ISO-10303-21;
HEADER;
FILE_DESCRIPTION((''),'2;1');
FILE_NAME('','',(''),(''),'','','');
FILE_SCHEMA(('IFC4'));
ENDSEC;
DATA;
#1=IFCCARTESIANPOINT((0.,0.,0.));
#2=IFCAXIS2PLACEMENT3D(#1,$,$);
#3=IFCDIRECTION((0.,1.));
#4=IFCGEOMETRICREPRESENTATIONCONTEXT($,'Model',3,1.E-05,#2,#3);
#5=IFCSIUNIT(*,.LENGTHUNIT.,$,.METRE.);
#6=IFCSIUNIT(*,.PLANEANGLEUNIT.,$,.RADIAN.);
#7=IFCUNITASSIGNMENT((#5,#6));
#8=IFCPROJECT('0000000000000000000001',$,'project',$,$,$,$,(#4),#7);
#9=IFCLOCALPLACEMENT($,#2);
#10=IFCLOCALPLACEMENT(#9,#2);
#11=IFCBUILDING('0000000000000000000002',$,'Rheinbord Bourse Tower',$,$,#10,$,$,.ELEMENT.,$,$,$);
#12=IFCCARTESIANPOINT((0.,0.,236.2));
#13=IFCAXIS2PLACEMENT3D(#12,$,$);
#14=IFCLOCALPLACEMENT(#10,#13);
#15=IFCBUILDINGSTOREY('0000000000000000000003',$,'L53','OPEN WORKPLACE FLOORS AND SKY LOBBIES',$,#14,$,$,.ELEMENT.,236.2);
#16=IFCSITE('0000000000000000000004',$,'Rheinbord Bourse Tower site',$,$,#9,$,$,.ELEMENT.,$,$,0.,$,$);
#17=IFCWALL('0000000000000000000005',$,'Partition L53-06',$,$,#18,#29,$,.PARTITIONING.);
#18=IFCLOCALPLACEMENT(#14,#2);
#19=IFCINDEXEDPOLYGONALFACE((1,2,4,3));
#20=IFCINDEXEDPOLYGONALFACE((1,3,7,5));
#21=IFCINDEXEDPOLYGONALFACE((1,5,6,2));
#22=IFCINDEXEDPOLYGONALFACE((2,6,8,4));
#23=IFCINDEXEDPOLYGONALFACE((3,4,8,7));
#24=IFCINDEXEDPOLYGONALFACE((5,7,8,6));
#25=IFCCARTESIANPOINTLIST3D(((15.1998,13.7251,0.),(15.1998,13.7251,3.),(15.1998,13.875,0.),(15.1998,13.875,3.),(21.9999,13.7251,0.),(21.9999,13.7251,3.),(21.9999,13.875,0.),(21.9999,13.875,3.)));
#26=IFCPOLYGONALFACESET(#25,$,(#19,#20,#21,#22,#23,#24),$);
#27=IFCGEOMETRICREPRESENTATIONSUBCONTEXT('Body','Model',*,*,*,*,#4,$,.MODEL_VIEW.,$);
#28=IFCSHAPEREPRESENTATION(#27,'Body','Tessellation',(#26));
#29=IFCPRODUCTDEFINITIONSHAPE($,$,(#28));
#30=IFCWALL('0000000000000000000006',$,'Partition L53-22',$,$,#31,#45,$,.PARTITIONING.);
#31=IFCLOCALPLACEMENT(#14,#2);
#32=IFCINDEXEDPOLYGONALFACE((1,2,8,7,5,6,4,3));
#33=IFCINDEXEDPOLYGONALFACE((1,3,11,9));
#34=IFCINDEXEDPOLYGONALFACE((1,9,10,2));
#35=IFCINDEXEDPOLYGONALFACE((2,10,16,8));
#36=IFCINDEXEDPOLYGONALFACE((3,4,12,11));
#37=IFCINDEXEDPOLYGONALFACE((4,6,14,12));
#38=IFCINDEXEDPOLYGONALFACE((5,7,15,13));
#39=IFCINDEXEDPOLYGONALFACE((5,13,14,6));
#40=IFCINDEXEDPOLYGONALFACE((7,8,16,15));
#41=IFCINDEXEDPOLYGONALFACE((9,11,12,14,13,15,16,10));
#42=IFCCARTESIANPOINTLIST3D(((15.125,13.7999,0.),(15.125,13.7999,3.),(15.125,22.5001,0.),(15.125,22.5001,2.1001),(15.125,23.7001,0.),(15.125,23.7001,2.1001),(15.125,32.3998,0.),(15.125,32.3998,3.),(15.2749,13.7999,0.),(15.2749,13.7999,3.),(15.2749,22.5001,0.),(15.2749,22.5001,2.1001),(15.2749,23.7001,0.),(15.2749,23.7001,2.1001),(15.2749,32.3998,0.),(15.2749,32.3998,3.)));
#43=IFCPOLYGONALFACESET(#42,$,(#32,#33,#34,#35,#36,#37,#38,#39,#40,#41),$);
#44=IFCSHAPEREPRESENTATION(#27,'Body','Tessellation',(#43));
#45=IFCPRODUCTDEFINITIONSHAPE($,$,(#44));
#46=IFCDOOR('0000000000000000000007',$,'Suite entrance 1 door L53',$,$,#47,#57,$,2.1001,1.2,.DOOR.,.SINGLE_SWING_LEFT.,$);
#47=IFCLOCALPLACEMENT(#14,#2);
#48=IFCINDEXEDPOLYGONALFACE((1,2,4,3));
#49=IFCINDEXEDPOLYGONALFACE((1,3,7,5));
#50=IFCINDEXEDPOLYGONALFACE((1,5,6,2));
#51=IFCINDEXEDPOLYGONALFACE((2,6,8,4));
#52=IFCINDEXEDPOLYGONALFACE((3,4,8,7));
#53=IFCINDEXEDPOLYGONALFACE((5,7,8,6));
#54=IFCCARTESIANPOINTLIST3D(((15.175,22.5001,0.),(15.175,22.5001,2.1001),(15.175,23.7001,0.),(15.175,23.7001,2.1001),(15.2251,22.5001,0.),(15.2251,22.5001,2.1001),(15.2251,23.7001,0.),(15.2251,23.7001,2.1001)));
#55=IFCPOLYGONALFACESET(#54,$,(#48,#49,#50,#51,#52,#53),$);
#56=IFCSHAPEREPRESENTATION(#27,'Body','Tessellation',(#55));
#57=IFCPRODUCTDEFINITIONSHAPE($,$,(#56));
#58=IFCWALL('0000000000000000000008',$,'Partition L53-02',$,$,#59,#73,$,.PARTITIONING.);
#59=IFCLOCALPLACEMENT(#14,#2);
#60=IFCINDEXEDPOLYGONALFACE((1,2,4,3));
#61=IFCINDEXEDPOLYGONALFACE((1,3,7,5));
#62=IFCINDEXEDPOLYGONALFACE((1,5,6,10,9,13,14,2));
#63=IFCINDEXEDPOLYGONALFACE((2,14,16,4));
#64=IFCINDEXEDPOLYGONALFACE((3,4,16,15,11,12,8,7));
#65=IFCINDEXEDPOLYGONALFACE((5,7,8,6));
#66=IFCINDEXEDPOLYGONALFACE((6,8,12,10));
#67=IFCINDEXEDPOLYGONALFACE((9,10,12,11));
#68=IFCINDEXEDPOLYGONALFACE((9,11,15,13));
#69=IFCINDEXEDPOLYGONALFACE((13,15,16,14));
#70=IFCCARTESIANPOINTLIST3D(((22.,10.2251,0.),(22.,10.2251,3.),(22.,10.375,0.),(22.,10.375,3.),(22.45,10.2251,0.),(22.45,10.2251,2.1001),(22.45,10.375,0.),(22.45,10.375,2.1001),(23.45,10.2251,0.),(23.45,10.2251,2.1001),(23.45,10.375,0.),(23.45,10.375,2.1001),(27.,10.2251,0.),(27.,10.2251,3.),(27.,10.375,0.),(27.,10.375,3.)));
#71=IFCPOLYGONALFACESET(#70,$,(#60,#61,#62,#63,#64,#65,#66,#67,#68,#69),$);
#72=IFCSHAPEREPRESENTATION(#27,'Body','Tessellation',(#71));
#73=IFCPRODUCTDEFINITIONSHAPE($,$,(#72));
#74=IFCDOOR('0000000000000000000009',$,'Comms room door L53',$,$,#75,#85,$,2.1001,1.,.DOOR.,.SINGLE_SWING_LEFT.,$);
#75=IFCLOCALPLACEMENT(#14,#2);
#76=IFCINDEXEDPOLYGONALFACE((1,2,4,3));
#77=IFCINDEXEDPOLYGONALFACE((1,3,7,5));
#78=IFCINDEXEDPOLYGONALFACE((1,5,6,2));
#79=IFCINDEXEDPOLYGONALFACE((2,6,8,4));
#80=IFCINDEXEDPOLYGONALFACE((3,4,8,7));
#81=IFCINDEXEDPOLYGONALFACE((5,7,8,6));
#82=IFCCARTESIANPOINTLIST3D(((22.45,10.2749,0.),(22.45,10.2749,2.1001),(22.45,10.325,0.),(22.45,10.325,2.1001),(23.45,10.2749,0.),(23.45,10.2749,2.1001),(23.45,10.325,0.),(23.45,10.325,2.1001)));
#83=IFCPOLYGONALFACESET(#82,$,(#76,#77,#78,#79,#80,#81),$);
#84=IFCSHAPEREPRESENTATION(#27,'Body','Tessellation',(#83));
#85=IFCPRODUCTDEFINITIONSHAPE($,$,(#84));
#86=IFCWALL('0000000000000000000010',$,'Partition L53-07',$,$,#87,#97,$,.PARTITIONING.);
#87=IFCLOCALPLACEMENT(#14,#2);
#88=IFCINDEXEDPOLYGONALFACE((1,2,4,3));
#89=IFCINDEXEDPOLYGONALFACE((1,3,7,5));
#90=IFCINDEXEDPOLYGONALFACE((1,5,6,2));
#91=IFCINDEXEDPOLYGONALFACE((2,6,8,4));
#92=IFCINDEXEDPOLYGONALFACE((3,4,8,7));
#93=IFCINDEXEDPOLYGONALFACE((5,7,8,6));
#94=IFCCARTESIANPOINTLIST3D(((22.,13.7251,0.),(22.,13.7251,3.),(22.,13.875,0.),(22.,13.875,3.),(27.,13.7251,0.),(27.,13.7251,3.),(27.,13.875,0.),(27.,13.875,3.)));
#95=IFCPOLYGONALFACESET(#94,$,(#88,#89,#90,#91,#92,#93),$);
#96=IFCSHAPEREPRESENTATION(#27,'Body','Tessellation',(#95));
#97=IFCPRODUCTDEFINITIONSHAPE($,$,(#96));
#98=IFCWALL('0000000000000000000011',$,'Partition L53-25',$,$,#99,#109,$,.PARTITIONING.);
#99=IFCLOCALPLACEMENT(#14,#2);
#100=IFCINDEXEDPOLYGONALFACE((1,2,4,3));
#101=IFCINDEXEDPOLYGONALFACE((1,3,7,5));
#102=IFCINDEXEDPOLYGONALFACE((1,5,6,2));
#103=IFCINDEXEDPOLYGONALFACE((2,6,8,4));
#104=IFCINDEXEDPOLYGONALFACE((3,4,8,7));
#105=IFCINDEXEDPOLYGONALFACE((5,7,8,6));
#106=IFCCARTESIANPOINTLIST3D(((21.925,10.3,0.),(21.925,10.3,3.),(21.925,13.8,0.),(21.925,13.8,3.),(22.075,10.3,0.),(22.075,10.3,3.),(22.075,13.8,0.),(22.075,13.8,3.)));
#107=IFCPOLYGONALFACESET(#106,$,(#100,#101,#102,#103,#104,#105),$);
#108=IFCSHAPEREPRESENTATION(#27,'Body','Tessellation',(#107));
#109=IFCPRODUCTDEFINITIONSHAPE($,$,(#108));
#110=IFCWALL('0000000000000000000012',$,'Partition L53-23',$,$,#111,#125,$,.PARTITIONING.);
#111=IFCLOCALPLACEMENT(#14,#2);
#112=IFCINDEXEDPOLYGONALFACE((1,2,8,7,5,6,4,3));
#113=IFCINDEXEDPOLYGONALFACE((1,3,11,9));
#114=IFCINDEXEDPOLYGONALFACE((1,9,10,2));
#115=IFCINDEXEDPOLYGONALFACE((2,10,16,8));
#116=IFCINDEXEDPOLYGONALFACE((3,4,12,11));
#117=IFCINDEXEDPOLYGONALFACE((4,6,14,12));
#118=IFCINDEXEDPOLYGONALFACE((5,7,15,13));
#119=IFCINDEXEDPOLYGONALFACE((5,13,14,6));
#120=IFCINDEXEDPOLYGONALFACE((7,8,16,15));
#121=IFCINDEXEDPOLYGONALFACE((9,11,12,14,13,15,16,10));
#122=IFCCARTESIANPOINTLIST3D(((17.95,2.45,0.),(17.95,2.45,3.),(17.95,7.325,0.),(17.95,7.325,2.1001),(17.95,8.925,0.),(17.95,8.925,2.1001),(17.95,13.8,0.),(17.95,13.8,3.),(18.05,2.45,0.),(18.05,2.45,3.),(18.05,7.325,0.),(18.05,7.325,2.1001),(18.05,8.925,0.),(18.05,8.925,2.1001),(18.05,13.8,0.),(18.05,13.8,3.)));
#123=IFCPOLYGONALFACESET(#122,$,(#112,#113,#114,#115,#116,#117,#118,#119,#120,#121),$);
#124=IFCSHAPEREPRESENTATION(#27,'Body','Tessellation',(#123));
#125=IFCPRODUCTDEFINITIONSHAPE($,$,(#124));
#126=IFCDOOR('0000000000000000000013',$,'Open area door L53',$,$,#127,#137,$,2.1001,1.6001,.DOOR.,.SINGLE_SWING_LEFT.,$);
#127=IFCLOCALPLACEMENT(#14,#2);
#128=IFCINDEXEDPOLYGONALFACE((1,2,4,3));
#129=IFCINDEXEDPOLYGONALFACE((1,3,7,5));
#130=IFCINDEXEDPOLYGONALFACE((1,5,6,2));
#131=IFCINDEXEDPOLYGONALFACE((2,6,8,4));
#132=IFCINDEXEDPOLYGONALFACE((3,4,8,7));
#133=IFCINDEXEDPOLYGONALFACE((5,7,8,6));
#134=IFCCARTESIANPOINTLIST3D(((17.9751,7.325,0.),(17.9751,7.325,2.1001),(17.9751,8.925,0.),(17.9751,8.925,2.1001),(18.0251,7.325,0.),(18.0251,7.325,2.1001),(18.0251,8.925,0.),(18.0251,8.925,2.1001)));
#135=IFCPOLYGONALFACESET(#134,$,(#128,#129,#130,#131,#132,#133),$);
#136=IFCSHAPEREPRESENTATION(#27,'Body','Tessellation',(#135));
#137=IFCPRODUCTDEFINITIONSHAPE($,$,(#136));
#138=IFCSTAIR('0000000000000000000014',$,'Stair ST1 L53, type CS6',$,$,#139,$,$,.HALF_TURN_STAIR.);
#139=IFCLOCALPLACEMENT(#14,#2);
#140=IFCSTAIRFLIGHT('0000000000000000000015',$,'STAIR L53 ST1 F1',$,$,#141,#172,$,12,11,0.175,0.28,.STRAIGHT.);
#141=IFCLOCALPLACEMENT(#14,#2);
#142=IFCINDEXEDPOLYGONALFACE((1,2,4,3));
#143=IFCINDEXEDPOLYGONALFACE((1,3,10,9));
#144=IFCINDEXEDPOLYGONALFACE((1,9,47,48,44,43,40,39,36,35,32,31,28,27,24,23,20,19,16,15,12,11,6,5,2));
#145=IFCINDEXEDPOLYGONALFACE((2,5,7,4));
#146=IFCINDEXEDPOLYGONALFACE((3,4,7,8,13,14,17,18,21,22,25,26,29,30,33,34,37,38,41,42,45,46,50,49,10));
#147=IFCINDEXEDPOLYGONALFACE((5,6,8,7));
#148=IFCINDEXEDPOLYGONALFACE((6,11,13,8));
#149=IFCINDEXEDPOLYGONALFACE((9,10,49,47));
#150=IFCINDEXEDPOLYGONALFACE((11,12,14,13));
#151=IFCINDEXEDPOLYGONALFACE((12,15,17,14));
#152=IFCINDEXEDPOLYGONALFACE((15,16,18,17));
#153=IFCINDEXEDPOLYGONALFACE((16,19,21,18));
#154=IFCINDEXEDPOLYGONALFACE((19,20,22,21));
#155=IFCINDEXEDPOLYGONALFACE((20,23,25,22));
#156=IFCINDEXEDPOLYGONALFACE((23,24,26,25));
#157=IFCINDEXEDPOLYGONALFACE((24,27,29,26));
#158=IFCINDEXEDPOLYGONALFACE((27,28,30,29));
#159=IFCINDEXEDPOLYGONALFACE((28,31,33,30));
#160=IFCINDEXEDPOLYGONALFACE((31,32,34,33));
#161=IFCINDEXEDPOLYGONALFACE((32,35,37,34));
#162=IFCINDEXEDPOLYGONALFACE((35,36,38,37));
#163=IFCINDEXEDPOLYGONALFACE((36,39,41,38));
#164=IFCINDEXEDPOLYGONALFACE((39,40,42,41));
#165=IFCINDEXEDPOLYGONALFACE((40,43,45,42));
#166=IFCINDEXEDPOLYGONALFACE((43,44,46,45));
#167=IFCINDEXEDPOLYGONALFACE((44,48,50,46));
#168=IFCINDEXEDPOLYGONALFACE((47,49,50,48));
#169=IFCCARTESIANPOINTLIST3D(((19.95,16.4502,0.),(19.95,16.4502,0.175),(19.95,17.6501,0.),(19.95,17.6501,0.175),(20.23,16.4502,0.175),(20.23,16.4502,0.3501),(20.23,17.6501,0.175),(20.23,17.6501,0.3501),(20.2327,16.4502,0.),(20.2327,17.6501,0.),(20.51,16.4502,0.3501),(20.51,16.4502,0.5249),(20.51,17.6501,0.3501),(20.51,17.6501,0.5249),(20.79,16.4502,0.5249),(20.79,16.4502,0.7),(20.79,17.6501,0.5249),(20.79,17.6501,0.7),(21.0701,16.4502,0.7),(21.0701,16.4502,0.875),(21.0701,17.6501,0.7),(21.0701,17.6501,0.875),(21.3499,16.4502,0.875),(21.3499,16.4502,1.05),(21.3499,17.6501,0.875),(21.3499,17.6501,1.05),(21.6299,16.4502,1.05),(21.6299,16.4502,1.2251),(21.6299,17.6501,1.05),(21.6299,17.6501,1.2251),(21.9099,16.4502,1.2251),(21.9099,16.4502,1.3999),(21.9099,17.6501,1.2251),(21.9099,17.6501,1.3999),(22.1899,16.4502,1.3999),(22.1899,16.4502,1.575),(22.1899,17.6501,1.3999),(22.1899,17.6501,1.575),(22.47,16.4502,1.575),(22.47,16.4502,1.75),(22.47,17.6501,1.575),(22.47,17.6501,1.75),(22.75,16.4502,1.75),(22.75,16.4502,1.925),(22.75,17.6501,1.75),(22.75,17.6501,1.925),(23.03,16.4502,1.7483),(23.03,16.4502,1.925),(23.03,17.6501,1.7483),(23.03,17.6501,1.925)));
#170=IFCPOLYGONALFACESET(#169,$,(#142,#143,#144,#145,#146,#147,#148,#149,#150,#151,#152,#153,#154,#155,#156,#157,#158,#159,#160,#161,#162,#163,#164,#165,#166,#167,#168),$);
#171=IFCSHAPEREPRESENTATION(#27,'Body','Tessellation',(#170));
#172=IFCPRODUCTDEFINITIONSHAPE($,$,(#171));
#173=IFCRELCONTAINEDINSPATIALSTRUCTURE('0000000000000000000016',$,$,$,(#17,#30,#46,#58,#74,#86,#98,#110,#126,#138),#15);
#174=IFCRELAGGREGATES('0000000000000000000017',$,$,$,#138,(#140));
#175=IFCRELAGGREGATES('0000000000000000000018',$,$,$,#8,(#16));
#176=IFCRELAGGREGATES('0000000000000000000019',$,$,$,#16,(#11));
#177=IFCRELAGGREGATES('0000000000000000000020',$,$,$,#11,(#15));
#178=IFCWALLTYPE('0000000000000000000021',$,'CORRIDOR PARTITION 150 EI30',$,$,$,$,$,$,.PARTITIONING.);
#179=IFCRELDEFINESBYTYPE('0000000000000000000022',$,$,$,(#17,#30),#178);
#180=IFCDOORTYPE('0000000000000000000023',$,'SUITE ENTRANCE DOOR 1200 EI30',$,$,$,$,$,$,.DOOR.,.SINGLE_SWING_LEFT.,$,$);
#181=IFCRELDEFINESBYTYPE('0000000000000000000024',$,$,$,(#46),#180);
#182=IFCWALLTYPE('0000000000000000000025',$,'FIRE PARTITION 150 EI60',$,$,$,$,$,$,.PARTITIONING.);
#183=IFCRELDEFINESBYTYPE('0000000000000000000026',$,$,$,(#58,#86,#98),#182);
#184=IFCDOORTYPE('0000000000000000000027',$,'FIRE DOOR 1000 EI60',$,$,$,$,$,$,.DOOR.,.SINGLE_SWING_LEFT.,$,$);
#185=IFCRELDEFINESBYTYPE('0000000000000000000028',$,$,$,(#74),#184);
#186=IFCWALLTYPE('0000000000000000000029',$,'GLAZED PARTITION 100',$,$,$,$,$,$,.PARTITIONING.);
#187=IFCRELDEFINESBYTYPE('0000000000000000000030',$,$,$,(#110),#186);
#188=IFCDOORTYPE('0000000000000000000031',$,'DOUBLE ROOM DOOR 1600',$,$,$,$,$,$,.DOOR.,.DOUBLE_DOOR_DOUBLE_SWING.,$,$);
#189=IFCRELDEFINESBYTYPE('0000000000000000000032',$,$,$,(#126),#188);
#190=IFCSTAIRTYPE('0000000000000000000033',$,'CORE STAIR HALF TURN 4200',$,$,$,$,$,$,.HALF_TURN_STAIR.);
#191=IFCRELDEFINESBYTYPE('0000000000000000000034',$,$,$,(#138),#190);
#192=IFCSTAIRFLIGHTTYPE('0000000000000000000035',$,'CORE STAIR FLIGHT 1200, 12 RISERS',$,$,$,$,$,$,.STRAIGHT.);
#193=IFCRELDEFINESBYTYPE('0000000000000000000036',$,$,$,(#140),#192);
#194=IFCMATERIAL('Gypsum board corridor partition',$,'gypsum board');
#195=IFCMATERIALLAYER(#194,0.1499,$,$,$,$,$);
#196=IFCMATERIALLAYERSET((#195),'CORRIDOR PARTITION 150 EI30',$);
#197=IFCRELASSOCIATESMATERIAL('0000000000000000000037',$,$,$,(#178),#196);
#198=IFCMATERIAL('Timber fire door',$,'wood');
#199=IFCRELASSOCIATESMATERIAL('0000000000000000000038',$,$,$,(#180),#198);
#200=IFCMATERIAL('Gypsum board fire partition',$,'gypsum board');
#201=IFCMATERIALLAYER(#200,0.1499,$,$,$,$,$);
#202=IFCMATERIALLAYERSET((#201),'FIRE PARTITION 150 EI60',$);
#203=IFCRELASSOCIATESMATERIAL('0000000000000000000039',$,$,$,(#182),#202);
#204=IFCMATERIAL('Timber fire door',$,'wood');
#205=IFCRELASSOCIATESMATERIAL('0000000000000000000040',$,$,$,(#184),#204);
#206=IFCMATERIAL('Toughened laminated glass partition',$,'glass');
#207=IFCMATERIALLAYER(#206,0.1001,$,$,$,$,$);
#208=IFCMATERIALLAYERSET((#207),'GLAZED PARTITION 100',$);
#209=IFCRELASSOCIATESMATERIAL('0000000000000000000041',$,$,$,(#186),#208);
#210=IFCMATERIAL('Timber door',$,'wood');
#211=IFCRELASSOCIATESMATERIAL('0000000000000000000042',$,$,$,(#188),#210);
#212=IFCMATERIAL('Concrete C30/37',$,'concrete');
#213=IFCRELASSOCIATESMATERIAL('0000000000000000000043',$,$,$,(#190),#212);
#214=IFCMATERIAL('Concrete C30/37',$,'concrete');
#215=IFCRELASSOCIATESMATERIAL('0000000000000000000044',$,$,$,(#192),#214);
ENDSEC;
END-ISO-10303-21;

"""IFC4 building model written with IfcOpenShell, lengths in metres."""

from ifc_helpers import new_model, si_unit, direction, frame, frame_2d, origin, place, context, subcontext, project, spatial, polyline, rectangle, outline, extrude, material, layer, layer_set, type_object, element, fill, aggregate, save


model = new_model("IFC4")

# Units and contexts
model_context = context("Model", 3, precision=1e-05, world=origin(), true_north=direction((0.0, 1.0)))
body_context = subcontext(model_context, "Body", "Model", "MODEL_VIEW")
ifc_project = project(units=[si_unit("LENGTHUNIT", "METRE"), si_unit("PLANEANGLEUNIT", "RADIAN")], contexts=[model_context])

# Site, building, storey
site_placement = place(None, origin())
site = spatial("IfcSite", under=ifc_project, at=site_placement, Name="Rheinbord Bourse Tower site", CompositionType="ELEMENT", RefElevation=0.0)
building_placement = place(site_placement, origin())
building = spatial("IfcBuilding", under=site, at=building_placement, Name="Rheinbord Bourse Tower", CompositionType="ELEMENT")
storey_placement = place(building_placement, frame((0.0, 0.0, 236.2)))
storey = spatial("IfcBuildingStorey", under=building, at=storey_placement, Name="L53", Description="OPEN WORKPLACE FLOORS AND SKY LOBBIES", CompositionType="ELEMENT", Elevation=236.2)

# Wall
ifc_material_1 = material(Name="Gypsum board corridor partition", Category="gypsum board")
ifc_layer_1 = layer(ifc_material_1, 0.1499)
ifc_layer_set_1 = layer_set([ifc_layer_1], Name="CORRIDOR PARTITION 150 EI30")
wall_type_1 = type_object("IfcWallType", Name="CORRIDOR PARTITION 150 EI30", PredefinedType="PARTITIONING", material=ifc_layer_set_1)
wall_1_placement = place(storey_placement, frame((15.2, 13.8, 0.0), z_axis=(0.0, 0.0, 1.0), x_axis=(1.0, 0.0, 0.0)))
element("IfcWall", 1, at=wall_1_placement, inside=storey, type_object=wall_type_1, Name="Partition L53-06", PredefinedType="PARTITIONING", context=body_context, shape_type="SweptSolid", body=[
    extrude(rectangle(XDim=6.8, YDim=0.1499, at=frame_2d((3.3999, 0.0))), origin(), (0.0, 0.0, 1.0), 3.0),
])

# Walls, openings, doors
wall_2_placement = place(storey_placement, frame((15.2, 13.8, 0.0), z_axis=(0.0, 0.0, 1.0), x_axis=(0.0, 1.0, 0.0)))
wall_2 = element("IfcWall", 2, at=wall_2_placement, inside=storey, type_object=wall_type_1, Name="Partition L53-22", PredefinedType="PARTITIONING", context=body_context, shape_type="SweptSolid", body=[
    extrude(rectangle(XDim=18.5999, YDim=0.1499, at=frame_2d((9.2998, 0.0))), origin(), (0.0, 0.0, 1.0), 3.0),
])
opening_1_placement = place(wall_2_placement, frame((8.7, 0.0, 0.0)))
opening_1 = element("IfcOpeningElement", 3, at=opening_1_placement, cuts=wall_2, PredefinedType="OPENING", context=body_context, shape_type="SweptSolid", body=[
    extrude(rectangle(XDim=1.2, YDim=2.1001, at=frame_2d((0.6001, 1.05))), frame((0.0, 0.085, 0.0), z_axis=(0.0, -1.0, 0.0), x_axis=(1.0, 0.0, 0.0)), (0.0, 0.0, 1.0), 0.1699),
])
ifc_material_2 = material(Name="Timber fire door", Category="wood")
door_type_1 = type_object("IfcDoorType", Name="SUITE ENTRANCE DOOR 1200 EI30", OperationType="SINGLE_SWING_LEFT", PredefinedType="DOOR", material=ifc_material_2)
door_1_placement = place(opening_1_placement, origin())
door_1 = element("IfcDoor", 4, at=door_1_placement, inside=storey, type_object=door_type_1, Name="Suite entrance 1 door L53", OperationType="SINGLE_SWING_LEFT", OverallHeight=2.1001, OverallWidth=1.2, PredefinedType="DOOR", context=body_context, shape_type="SweptSolid", body=[
    extrude(rectangle(XDim=1.2, YDim=2.1001, at=frame_2d((0.6001, 1.05))), frame((0.0, 0.0249, 0.0), z_axis=(0.0, -1.0, 0.0), x_axis=(1.0, 0.0, 0.0)), (0.0, 0.0, 1.0), 0.05),
])
fill(opening_1, door_1)
ifc_material_3 = material(Name="Gypsum board fire partition", Category="gypsum board")
ifc_layer_2 = layer(ifc_material_3, 0.1499)
ifc_layer_set_2 = layer_set([ifc_layer_2], Name="FIRE PARTITION 150 EI60")
wall_type_2 = type_object("IfcWallType", Name="FIRE PARTITION 150 EI60", PredefinedType="PARTITIONING", material=ifc_layer_set_2)
wall_3_placement = place(storey_placement, frame((22.0, 10.3, 0.0), z_axis=(0.0, 0.0, 1.0), x_axis=(1.0, 0.0, 0.0)))
wall_3 = element("IfcWall", 5, at=wall_3_placement, inside=storey, type_object=wall_type_2, Name="Partition L53-02", PredefinedType="PARTITIONING", context=body_context, shape_type="SweptSolid", body=[
    extrude(rectangle(XDim=5.0, YDim=0.1499, at=frame_2d((2.5, 0.0))), origin(), (0.0, 0.0, 1.0), 3.0),
])
opening_2_placement = place(wall_3_placement, frame((0.45, 0.0, 0.0)))
opening_2 = element("IfcOpeningElement", 6, at=opening_2_placement, cuts=wall_3, PredefinedType="OPENING", context=body_context, shape_type="SweptSolid", body=[
    extrude(rectangle(XDim=1.0, YDim=2.1001, at=frame_2d((0.5, 1.05))), frame((0.0, 0.085, 0.0), z_axis=(0.0, -1.0, 0.0), x_axis=(1.0, 0.0, 0.0)), (0.0, 0.0, 1.0), 0.1699),
])
ifc_material_4 = material(Name="Timber fire door", Category="wood")
door_type_2 = type_object("IfcDoorType", Name="FIRE DOOR 1000 EI60", OperationType="SINGLE_SWING_LEFT", PredefinedType="DOOR", material=ifc_material_4)
door_2_placement = place(opening_2_placement, origin())
door_2 = element("IfcDoor", 7, at=door_2_placement, inside=storey, type_object=door_type_2, Name="Comms room door L53", OperationType="SINGLE_SWING_LEFT", OverallHeight=2.1001, OverallWidth=1.0, PredefinedType="DOOR", context=body_context, shape_type="SweptSolid", body=[
    extrude(rectangle(XDim=1.0, YDim=2.1001, at=frame_2d((0.5, 1.05))), frame((0.0, 0.0249, 0.0), z_axis=(0.0, -1.0, 0.0), x_axis=(1.0, 0.0, 0.0)), (0.0, 0.0, 1.0), 0.05),
])
fill(opening_2, door_2)

# Walls
wall_4_placement = place(storey_placement, frame((22.0, 13.8, 0.0), z_axis=(0.0, 0.0, 1.0), x_axis=(1.0, 0.0, 0.0)))
element("IfcWall", 8, at=wall_4_placement, inside=storey, type_object=wall_type_2, Name="Partition L53-07", PredefinedType="PARTITIONING", context=body_context, shape_type="SweptSolid", body=[
    extrude(rectangle(XDim=5.0, YDim=0.1499, at=frame_2d((2.5, 0.0))), origin(), (0.0, 0.0, 1.0), 3.0),
])
wall_5_placement = place(storey_placement, frame((22.0, 10.3, 0.0), z_axis=(0.0, 0.0, 1.0), x_axis=(0.0, 1.0, 0.0)))
element("IfcWall", 9, at=wall_5_placement, inside=storey, type_object=wall_type_2, Name="Partition L53-25", PredefinedType="PARTITIONING", context=body_context, shape_type="SweptSolid", body=[
    extrude(rectangle(XDim=3.5, YDim=0.1499, at=frame_2d((1.75, 0.0))), origin(), (0.0, 0.0, 1.0), 3.0),
])

# Wall, opening, door
ifc_material_5 = material(Name="Toughened laminated glass partition", Category="glass")
ifc_layer_3 = layer(ifc_material_5, 0.1001)
ifc_layer_set_3 = layer_set([ifc_layer_3], Name="GLAZED PARTITION 100")
wall_type_3 = type_object("IfcWallType", Name="GLAZED PARTITION 100", PredefinedType="PARTITIONING", material=ifc_layer_set_3)
wall_6_placement = place(storey_placement, frame((18.0, 2.45, 0.0), z_axis=(0.0, 0.0, 1.0), x_axis=(0.0, 1.0, 0.0)))
wall_6 = element("IfcWall", 10, at=wall_6_placement, inside=storey, type_object=wall_type_3, Name="Partition L53-23", PredefinedType="PARTITIONING", context=body_context, shape_type="SweptSolid", body=[
    extrude(rectangle(XDim=11.3501, YDim=0.1001, at=frame_2d((5.675, 0.0))), origin(), (0.0, 0.0, 1.0), 3.0),
])
opening_3_placement = place(wall_6_placement, frame((4.875, 0.0, 0.0)))
opening_3 = element("IfcOpeningElement", 11, at=opening_3_placement, cuts=wall_6, PredefinedType="OPENING", context=body_context, shape_type="SweptSolid", body=[
    extrude(rectangle(XDim=1.6001, YDim=2.1001, at=frame_2d((0.8, 1.05))), frame((0.0, 0.0601, 0.0), z_axis=(0.0, -1.0, 0.0), x_axis=(1.0, 0.0, 0.0)), (0.0, 0.0, 1.0), 0.1201),
])
ifc_material_6 = material(Name="Timber door", Category="wood")
door_type_3 = type_object("IfcDoorType", Name="DOUBLE ROOM DOOR 1600", OperationType="DOUBLE_DOOR_DOUBLE_SWING", PredefinedType="DOOR", material=ifc_material_6)
door_3_placement = place(opening_3_placement, origin())
door_3 = element("IfcDoor", 12, at=door_3_placement, inside=storey, type_object=door_type_3, Name="Open area door L53", OperationType="SINGLE_SWING_LEFT", OverallHeight=2.1001, OverallWidth=1.6001, PredefinedType="DOOR", context=body_context, shape_type="SweptSolid", body=[
    extrude(rectangle(XDim=1.6001, YDim=2.1001, at=frame_2d((0.8, 1.05))), frame((0.0, 0.0249, 0.0), z_axis=(0.0, -1.0, 0.0), x_axis=(1.0, 0.0, 0.0)), (0.0, 0.0, 1.0), 0.05),
])
fill(opening_3, door_3)

# Stair, stair flight
ifc_material_7 = material(Name="Concrete C30/37", Category="concrete")
stair_type = type_object("IfcStairType", Name="CORE STAIR HALF TURN 4200", PredefinedType="HALF_TURN_STAIR", material=ifc_material_7)
stair_placement = place(storey_placement, origin())
stair = element("IfcStair", 13, at=stair_placement, inside=storey, type_object=stair_type, Name="Stair ST1 L53, type CS6", PredefinedType="HALF_TURN_STAIR")
ifc_material_8 = material(Name="Concrete C30/37", Category="concrete")
stair_flight_type = type_object("IfcStairFlightType", Name="CORE STAIR FLIGHT 1200, 12 RISERS", PredefinedType="STRAIGHT", material=ifc_material_8)
stair_flight_1_placement = place(storey_placement, frame((19.95, 17.05, 0.0), z_axis=(0.0, 0.0, 1.0), x_axis=(1.0, 0.0, 0.0)))
stair_flight_1 = element("IfcStairFlight", 14, at=stair_flight_1_placement, type_object=stair_flight_type, Name="STAIR L53 ST1 F1", NumberOfRisers=12, NumberOfTreads=11, PredefinedType="STRAIGHT", RiserHeight=0.175, TreadLength=0.28, context=body_context, shape_type="SweptSolid", body=[
    extrude(outline(polyline([(0.0, 0.0), (0.0, 0.175), (0.28, 0.175), (0.28, 0.3501), (0.5601, 0.3501), (0.5601, 0.5249), (0.8401, 0.5249), (0.8401, 0.7), (1.1201, 0.7), (1.1201, 0.875), (1.3999, 0.875), (1.3999, 1.05), (1.6799, 1.05), (1.6799, 1.2251), (1.96, 1.2251), (1.96, 1.3999), (2.24, 1.3999), (2.24, 1.575), (2.52, 1.575), (2.52, 1.75), (2.8, 1.75), (2.8, 1.925), (3.0801, 1.925), (3.0801, 2.1001), (3.0801, 1.7483), (0.2827, 0.0), (0.0, 0.0)])), frame((0.0, 0.6001, 0.0), z_axis=(0.0, -1.0, 0.0), x_axis=(1.0, 0.0, 0.0)), (0.0, 0.0, 1.0), 1.2),
])
aggregate(stair, [stair_flight_1])

save(model, "model.ifc")
